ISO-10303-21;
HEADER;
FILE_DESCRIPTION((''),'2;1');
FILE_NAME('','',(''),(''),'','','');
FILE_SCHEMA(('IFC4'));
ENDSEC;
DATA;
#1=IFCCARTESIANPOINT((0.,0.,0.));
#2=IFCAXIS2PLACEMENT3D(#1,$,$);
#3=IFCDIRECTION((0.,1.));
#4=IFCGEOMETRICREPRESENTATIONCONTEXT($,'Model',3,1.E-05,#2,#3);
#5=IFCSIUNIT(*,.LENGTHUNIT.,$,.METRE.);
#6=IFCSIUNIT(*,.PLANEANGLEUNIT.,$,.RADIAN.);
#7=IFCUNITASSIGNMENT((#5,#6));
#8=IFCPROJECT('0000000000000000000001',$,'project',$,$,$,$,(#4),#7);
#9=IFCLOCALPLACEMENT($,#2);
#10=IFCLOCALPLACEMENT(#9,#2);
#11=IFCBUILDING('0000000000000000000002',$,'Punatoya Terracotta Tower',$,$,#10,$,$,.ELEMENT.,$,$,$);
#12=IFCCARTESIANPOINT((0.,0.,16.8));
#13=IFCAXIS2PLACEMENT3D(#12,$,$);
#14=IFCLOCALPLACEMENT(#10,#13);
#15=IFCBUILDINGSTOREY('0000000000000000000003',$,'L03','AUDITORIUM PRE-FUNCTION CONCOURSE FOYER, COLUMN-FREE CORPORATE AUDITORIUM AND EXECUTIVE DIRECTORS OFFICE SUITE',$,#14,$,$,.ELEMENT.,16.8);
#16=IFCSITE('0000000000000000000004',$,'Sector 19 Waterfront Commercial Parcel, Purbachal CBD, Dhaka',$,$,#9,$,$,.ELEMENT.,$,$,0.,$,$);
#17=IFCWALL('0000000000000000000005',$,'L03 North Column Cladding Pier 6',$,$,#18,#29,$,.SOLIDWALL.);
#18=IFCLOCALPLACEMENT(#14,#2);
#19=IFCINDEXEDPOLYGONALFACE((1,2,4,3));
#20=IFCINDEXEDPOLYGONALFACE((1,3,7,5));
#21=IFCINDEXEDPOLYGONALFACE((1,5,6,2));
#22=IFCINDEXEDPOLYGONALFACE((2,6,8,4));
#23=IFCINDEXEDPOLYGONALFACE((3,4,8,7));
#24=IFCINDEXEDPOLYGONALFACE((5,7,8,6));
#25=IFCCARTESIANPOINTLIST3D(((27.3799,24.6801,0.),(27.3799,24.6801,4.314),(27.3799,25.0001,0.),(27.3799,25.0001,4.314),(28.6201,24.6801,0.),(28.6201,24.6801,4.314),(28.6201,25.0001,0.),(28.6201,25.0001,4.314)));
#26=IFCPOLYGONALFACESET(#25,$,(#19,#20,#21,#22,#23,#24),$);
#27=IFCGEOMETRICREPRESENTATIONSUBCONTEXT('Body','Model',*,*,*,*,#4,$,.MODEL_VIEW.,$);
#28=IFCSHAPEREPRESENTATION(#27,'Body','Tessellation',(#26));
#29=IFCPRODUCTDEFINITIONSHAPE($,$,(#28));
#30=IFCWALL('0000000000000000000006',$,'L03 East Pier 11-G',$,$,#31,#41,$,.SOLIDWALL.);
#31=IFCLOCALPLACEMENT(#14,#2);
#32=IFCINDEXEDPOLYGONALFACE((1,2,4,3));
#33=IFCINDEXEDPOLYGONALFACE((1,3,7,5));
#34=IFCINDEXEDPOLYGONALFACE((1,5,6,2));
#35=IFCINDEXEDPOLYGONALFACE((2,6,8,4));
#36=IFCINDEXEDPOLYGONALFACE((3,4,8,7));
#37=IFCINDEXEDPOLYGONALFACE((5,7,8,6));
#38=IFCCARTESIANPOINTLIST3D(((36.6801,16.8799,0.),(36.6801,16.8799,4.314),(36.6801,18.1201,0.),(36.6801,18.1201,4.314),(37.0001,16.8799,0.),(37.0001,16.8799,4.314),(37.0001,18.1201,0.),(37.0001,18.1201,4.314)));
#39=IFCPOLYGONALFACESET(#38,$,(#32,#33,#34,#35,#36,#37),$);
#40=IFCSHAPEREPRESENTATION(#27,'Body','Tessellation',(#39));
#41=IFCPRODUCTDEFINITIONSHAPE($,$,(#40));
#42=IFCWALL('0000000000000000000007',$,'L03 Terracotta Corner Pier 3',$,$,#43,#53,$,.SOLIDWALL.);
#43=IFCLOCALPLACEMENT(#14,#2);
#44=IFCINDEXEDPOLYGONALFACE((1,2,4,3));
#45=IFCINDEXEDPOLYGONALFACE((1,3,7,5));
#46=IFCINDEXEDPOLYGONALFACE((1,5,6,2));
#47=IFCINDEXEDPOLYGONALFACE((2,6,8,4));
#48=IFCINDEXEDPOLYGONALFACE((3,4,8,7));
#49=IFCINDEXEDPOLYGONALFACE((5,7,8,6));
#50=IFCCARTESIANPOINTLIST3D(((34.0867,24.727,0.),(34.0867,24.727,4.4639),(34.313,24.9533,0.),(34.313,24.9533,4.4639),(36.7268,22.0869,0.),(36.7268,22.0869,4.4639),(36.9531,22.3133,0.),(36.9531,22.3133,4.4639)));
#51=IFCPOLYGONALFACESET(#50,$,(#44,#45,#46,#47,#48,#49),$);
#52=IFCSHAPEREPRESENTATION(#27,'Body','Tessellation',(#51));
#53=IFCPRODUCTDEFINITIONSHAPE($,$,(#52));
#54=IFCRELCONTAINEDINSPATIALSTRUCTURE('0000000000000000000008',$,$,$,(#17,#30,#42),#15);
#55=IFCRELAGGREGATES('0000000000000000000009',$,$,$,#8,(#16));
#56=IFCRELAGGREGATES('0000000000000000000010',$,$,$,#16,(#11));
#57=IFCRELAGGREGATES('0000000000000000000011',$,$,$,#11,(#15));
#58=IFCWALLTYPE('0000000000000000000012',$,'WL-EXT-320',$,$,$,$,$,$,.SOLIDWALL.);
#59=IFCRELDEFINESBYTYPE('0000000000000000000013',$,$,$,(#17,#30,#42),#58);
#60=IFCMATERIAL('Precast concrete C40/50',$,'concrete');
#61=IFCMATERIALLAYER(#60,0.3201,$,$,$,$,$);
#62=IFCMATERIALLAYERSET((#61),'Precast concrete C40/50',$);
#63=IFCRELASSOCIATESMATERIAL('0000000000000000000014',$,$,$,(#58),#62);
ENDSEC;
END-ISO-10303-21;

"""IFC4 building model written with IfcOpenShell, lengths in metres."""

from ifc_helpers import new_model, si_unit, direction, frame, frame_2d, origin, place, context, subcontext, project, spatial, rectangle, extrude, material, layer, layer_set, type_object, element, save


model = new_model("IFC4")

# Units and contexts
model_context = context("Model", 3, precision=1e-05, world=origin(), true_north=direction((0.0, 1.0)))
body_context = subcontext(model_context, "Body", "Model", "MODEL_VIEW")
ifc_project = project(units=[si_unit("LENGTHUNIT", "METRE"), si_unit("PLANEANGLEUNIT", "RADIAN")], contexts=[model_context])

# Site, building, storey
site_placement = place(None, origin())
site = spatial("IfcSite", under=ifc_project, at=site_placement, Name="Sector 19 Waterfront Commercial Parcel, Purbachal CBD, Dhaka", CompositionType="ELEMENT", RefElevation=0.0)
building_placement = place(site_placement, origin())
building = spatial("IfcBuilding", under=site, at=building_placement, Name="Punatoya Terracotta Tower", CompositionType="ELEMENT")
storey_placement = place(building_placement, frame((0.0, 0.0, 16.8)))
storey = spatial("IfcBuildingStorey", under=building, at=storey_placement, Name="L03", Description="AUDITORIUM PRE-FUNCTION CONCOURSE FOYER, COLUMN-FREE CORPORATE AUDITORIUM AND EXECUTIVE DIRECTORS OFFICE SUITE", CompositionType="ELEMENT", Elevation=16.8)

# Walls
ifc_material_1 = material(Name="Precast concrete C40/50", Category="concrete")
ifc_layer_1 = layer(ifc_material_1, 0.3201)
ifc_layer_set_1 = layer_set([ifc_layer_1], Name="Precast concrete C40/50")
wall_type = type_object("IfcWallType", Name="WL-EXT-320", PredefinedType="SOLIDWALL", material=ifc_layer_set_1)
for number, where, z_axis, x_axis, name in (
    (1, (28.6201, 24.8401, 0.0), (0.0, 0.0, 1.0), (-1.0, 0.0, 0.0), "L03 North Column Cladding Pier 6"),
    (2, (36.8401, 18.1201, 0.0), (0.0, 0.0, 1.0), (0.0, -1.0, 0.0), "L03 East Pier 11-G"),
):
    element("IfcWall", number, at=place(storey_placement, frame(where, z_axis=z_axis, x_axis=x_axis)), inside=storey, type_object=wall_type, Name=name, PredefinedType="SOLIDWALL", context=body_context, shape_type="SweptSolid", body=[
        extrude(rectangle(XDim=1.2402, YDim=0.3201, at=frame_2d((0.6201, 0.0))), origin(), (0.0, 0.0, 1.0), 4.314),
    ])
wall_placement = place(storey_placement, frame((34.2, 24.8401, 0.0), z_axis=(0.0, 0.0, 1.0), x_axis=(0.707107, -0.707107, 0.0)))
element("IfcWall", 3, at=wall_placement, inside=storey, type_object=wall_type, Name="L03 Terracotta Corner Pier 3", PredefinedType="SOLIDWALL", context=body_context, shape_type="SweptSolid", body=[
    extrude(rectangle(XDim=3.7336, YDim=0.3201, at=frame_2d((1.8667, 0.0))), origin(), (0.0, 0.0, 1.0), 4.4639),
])

save(model, "model.ifc")
